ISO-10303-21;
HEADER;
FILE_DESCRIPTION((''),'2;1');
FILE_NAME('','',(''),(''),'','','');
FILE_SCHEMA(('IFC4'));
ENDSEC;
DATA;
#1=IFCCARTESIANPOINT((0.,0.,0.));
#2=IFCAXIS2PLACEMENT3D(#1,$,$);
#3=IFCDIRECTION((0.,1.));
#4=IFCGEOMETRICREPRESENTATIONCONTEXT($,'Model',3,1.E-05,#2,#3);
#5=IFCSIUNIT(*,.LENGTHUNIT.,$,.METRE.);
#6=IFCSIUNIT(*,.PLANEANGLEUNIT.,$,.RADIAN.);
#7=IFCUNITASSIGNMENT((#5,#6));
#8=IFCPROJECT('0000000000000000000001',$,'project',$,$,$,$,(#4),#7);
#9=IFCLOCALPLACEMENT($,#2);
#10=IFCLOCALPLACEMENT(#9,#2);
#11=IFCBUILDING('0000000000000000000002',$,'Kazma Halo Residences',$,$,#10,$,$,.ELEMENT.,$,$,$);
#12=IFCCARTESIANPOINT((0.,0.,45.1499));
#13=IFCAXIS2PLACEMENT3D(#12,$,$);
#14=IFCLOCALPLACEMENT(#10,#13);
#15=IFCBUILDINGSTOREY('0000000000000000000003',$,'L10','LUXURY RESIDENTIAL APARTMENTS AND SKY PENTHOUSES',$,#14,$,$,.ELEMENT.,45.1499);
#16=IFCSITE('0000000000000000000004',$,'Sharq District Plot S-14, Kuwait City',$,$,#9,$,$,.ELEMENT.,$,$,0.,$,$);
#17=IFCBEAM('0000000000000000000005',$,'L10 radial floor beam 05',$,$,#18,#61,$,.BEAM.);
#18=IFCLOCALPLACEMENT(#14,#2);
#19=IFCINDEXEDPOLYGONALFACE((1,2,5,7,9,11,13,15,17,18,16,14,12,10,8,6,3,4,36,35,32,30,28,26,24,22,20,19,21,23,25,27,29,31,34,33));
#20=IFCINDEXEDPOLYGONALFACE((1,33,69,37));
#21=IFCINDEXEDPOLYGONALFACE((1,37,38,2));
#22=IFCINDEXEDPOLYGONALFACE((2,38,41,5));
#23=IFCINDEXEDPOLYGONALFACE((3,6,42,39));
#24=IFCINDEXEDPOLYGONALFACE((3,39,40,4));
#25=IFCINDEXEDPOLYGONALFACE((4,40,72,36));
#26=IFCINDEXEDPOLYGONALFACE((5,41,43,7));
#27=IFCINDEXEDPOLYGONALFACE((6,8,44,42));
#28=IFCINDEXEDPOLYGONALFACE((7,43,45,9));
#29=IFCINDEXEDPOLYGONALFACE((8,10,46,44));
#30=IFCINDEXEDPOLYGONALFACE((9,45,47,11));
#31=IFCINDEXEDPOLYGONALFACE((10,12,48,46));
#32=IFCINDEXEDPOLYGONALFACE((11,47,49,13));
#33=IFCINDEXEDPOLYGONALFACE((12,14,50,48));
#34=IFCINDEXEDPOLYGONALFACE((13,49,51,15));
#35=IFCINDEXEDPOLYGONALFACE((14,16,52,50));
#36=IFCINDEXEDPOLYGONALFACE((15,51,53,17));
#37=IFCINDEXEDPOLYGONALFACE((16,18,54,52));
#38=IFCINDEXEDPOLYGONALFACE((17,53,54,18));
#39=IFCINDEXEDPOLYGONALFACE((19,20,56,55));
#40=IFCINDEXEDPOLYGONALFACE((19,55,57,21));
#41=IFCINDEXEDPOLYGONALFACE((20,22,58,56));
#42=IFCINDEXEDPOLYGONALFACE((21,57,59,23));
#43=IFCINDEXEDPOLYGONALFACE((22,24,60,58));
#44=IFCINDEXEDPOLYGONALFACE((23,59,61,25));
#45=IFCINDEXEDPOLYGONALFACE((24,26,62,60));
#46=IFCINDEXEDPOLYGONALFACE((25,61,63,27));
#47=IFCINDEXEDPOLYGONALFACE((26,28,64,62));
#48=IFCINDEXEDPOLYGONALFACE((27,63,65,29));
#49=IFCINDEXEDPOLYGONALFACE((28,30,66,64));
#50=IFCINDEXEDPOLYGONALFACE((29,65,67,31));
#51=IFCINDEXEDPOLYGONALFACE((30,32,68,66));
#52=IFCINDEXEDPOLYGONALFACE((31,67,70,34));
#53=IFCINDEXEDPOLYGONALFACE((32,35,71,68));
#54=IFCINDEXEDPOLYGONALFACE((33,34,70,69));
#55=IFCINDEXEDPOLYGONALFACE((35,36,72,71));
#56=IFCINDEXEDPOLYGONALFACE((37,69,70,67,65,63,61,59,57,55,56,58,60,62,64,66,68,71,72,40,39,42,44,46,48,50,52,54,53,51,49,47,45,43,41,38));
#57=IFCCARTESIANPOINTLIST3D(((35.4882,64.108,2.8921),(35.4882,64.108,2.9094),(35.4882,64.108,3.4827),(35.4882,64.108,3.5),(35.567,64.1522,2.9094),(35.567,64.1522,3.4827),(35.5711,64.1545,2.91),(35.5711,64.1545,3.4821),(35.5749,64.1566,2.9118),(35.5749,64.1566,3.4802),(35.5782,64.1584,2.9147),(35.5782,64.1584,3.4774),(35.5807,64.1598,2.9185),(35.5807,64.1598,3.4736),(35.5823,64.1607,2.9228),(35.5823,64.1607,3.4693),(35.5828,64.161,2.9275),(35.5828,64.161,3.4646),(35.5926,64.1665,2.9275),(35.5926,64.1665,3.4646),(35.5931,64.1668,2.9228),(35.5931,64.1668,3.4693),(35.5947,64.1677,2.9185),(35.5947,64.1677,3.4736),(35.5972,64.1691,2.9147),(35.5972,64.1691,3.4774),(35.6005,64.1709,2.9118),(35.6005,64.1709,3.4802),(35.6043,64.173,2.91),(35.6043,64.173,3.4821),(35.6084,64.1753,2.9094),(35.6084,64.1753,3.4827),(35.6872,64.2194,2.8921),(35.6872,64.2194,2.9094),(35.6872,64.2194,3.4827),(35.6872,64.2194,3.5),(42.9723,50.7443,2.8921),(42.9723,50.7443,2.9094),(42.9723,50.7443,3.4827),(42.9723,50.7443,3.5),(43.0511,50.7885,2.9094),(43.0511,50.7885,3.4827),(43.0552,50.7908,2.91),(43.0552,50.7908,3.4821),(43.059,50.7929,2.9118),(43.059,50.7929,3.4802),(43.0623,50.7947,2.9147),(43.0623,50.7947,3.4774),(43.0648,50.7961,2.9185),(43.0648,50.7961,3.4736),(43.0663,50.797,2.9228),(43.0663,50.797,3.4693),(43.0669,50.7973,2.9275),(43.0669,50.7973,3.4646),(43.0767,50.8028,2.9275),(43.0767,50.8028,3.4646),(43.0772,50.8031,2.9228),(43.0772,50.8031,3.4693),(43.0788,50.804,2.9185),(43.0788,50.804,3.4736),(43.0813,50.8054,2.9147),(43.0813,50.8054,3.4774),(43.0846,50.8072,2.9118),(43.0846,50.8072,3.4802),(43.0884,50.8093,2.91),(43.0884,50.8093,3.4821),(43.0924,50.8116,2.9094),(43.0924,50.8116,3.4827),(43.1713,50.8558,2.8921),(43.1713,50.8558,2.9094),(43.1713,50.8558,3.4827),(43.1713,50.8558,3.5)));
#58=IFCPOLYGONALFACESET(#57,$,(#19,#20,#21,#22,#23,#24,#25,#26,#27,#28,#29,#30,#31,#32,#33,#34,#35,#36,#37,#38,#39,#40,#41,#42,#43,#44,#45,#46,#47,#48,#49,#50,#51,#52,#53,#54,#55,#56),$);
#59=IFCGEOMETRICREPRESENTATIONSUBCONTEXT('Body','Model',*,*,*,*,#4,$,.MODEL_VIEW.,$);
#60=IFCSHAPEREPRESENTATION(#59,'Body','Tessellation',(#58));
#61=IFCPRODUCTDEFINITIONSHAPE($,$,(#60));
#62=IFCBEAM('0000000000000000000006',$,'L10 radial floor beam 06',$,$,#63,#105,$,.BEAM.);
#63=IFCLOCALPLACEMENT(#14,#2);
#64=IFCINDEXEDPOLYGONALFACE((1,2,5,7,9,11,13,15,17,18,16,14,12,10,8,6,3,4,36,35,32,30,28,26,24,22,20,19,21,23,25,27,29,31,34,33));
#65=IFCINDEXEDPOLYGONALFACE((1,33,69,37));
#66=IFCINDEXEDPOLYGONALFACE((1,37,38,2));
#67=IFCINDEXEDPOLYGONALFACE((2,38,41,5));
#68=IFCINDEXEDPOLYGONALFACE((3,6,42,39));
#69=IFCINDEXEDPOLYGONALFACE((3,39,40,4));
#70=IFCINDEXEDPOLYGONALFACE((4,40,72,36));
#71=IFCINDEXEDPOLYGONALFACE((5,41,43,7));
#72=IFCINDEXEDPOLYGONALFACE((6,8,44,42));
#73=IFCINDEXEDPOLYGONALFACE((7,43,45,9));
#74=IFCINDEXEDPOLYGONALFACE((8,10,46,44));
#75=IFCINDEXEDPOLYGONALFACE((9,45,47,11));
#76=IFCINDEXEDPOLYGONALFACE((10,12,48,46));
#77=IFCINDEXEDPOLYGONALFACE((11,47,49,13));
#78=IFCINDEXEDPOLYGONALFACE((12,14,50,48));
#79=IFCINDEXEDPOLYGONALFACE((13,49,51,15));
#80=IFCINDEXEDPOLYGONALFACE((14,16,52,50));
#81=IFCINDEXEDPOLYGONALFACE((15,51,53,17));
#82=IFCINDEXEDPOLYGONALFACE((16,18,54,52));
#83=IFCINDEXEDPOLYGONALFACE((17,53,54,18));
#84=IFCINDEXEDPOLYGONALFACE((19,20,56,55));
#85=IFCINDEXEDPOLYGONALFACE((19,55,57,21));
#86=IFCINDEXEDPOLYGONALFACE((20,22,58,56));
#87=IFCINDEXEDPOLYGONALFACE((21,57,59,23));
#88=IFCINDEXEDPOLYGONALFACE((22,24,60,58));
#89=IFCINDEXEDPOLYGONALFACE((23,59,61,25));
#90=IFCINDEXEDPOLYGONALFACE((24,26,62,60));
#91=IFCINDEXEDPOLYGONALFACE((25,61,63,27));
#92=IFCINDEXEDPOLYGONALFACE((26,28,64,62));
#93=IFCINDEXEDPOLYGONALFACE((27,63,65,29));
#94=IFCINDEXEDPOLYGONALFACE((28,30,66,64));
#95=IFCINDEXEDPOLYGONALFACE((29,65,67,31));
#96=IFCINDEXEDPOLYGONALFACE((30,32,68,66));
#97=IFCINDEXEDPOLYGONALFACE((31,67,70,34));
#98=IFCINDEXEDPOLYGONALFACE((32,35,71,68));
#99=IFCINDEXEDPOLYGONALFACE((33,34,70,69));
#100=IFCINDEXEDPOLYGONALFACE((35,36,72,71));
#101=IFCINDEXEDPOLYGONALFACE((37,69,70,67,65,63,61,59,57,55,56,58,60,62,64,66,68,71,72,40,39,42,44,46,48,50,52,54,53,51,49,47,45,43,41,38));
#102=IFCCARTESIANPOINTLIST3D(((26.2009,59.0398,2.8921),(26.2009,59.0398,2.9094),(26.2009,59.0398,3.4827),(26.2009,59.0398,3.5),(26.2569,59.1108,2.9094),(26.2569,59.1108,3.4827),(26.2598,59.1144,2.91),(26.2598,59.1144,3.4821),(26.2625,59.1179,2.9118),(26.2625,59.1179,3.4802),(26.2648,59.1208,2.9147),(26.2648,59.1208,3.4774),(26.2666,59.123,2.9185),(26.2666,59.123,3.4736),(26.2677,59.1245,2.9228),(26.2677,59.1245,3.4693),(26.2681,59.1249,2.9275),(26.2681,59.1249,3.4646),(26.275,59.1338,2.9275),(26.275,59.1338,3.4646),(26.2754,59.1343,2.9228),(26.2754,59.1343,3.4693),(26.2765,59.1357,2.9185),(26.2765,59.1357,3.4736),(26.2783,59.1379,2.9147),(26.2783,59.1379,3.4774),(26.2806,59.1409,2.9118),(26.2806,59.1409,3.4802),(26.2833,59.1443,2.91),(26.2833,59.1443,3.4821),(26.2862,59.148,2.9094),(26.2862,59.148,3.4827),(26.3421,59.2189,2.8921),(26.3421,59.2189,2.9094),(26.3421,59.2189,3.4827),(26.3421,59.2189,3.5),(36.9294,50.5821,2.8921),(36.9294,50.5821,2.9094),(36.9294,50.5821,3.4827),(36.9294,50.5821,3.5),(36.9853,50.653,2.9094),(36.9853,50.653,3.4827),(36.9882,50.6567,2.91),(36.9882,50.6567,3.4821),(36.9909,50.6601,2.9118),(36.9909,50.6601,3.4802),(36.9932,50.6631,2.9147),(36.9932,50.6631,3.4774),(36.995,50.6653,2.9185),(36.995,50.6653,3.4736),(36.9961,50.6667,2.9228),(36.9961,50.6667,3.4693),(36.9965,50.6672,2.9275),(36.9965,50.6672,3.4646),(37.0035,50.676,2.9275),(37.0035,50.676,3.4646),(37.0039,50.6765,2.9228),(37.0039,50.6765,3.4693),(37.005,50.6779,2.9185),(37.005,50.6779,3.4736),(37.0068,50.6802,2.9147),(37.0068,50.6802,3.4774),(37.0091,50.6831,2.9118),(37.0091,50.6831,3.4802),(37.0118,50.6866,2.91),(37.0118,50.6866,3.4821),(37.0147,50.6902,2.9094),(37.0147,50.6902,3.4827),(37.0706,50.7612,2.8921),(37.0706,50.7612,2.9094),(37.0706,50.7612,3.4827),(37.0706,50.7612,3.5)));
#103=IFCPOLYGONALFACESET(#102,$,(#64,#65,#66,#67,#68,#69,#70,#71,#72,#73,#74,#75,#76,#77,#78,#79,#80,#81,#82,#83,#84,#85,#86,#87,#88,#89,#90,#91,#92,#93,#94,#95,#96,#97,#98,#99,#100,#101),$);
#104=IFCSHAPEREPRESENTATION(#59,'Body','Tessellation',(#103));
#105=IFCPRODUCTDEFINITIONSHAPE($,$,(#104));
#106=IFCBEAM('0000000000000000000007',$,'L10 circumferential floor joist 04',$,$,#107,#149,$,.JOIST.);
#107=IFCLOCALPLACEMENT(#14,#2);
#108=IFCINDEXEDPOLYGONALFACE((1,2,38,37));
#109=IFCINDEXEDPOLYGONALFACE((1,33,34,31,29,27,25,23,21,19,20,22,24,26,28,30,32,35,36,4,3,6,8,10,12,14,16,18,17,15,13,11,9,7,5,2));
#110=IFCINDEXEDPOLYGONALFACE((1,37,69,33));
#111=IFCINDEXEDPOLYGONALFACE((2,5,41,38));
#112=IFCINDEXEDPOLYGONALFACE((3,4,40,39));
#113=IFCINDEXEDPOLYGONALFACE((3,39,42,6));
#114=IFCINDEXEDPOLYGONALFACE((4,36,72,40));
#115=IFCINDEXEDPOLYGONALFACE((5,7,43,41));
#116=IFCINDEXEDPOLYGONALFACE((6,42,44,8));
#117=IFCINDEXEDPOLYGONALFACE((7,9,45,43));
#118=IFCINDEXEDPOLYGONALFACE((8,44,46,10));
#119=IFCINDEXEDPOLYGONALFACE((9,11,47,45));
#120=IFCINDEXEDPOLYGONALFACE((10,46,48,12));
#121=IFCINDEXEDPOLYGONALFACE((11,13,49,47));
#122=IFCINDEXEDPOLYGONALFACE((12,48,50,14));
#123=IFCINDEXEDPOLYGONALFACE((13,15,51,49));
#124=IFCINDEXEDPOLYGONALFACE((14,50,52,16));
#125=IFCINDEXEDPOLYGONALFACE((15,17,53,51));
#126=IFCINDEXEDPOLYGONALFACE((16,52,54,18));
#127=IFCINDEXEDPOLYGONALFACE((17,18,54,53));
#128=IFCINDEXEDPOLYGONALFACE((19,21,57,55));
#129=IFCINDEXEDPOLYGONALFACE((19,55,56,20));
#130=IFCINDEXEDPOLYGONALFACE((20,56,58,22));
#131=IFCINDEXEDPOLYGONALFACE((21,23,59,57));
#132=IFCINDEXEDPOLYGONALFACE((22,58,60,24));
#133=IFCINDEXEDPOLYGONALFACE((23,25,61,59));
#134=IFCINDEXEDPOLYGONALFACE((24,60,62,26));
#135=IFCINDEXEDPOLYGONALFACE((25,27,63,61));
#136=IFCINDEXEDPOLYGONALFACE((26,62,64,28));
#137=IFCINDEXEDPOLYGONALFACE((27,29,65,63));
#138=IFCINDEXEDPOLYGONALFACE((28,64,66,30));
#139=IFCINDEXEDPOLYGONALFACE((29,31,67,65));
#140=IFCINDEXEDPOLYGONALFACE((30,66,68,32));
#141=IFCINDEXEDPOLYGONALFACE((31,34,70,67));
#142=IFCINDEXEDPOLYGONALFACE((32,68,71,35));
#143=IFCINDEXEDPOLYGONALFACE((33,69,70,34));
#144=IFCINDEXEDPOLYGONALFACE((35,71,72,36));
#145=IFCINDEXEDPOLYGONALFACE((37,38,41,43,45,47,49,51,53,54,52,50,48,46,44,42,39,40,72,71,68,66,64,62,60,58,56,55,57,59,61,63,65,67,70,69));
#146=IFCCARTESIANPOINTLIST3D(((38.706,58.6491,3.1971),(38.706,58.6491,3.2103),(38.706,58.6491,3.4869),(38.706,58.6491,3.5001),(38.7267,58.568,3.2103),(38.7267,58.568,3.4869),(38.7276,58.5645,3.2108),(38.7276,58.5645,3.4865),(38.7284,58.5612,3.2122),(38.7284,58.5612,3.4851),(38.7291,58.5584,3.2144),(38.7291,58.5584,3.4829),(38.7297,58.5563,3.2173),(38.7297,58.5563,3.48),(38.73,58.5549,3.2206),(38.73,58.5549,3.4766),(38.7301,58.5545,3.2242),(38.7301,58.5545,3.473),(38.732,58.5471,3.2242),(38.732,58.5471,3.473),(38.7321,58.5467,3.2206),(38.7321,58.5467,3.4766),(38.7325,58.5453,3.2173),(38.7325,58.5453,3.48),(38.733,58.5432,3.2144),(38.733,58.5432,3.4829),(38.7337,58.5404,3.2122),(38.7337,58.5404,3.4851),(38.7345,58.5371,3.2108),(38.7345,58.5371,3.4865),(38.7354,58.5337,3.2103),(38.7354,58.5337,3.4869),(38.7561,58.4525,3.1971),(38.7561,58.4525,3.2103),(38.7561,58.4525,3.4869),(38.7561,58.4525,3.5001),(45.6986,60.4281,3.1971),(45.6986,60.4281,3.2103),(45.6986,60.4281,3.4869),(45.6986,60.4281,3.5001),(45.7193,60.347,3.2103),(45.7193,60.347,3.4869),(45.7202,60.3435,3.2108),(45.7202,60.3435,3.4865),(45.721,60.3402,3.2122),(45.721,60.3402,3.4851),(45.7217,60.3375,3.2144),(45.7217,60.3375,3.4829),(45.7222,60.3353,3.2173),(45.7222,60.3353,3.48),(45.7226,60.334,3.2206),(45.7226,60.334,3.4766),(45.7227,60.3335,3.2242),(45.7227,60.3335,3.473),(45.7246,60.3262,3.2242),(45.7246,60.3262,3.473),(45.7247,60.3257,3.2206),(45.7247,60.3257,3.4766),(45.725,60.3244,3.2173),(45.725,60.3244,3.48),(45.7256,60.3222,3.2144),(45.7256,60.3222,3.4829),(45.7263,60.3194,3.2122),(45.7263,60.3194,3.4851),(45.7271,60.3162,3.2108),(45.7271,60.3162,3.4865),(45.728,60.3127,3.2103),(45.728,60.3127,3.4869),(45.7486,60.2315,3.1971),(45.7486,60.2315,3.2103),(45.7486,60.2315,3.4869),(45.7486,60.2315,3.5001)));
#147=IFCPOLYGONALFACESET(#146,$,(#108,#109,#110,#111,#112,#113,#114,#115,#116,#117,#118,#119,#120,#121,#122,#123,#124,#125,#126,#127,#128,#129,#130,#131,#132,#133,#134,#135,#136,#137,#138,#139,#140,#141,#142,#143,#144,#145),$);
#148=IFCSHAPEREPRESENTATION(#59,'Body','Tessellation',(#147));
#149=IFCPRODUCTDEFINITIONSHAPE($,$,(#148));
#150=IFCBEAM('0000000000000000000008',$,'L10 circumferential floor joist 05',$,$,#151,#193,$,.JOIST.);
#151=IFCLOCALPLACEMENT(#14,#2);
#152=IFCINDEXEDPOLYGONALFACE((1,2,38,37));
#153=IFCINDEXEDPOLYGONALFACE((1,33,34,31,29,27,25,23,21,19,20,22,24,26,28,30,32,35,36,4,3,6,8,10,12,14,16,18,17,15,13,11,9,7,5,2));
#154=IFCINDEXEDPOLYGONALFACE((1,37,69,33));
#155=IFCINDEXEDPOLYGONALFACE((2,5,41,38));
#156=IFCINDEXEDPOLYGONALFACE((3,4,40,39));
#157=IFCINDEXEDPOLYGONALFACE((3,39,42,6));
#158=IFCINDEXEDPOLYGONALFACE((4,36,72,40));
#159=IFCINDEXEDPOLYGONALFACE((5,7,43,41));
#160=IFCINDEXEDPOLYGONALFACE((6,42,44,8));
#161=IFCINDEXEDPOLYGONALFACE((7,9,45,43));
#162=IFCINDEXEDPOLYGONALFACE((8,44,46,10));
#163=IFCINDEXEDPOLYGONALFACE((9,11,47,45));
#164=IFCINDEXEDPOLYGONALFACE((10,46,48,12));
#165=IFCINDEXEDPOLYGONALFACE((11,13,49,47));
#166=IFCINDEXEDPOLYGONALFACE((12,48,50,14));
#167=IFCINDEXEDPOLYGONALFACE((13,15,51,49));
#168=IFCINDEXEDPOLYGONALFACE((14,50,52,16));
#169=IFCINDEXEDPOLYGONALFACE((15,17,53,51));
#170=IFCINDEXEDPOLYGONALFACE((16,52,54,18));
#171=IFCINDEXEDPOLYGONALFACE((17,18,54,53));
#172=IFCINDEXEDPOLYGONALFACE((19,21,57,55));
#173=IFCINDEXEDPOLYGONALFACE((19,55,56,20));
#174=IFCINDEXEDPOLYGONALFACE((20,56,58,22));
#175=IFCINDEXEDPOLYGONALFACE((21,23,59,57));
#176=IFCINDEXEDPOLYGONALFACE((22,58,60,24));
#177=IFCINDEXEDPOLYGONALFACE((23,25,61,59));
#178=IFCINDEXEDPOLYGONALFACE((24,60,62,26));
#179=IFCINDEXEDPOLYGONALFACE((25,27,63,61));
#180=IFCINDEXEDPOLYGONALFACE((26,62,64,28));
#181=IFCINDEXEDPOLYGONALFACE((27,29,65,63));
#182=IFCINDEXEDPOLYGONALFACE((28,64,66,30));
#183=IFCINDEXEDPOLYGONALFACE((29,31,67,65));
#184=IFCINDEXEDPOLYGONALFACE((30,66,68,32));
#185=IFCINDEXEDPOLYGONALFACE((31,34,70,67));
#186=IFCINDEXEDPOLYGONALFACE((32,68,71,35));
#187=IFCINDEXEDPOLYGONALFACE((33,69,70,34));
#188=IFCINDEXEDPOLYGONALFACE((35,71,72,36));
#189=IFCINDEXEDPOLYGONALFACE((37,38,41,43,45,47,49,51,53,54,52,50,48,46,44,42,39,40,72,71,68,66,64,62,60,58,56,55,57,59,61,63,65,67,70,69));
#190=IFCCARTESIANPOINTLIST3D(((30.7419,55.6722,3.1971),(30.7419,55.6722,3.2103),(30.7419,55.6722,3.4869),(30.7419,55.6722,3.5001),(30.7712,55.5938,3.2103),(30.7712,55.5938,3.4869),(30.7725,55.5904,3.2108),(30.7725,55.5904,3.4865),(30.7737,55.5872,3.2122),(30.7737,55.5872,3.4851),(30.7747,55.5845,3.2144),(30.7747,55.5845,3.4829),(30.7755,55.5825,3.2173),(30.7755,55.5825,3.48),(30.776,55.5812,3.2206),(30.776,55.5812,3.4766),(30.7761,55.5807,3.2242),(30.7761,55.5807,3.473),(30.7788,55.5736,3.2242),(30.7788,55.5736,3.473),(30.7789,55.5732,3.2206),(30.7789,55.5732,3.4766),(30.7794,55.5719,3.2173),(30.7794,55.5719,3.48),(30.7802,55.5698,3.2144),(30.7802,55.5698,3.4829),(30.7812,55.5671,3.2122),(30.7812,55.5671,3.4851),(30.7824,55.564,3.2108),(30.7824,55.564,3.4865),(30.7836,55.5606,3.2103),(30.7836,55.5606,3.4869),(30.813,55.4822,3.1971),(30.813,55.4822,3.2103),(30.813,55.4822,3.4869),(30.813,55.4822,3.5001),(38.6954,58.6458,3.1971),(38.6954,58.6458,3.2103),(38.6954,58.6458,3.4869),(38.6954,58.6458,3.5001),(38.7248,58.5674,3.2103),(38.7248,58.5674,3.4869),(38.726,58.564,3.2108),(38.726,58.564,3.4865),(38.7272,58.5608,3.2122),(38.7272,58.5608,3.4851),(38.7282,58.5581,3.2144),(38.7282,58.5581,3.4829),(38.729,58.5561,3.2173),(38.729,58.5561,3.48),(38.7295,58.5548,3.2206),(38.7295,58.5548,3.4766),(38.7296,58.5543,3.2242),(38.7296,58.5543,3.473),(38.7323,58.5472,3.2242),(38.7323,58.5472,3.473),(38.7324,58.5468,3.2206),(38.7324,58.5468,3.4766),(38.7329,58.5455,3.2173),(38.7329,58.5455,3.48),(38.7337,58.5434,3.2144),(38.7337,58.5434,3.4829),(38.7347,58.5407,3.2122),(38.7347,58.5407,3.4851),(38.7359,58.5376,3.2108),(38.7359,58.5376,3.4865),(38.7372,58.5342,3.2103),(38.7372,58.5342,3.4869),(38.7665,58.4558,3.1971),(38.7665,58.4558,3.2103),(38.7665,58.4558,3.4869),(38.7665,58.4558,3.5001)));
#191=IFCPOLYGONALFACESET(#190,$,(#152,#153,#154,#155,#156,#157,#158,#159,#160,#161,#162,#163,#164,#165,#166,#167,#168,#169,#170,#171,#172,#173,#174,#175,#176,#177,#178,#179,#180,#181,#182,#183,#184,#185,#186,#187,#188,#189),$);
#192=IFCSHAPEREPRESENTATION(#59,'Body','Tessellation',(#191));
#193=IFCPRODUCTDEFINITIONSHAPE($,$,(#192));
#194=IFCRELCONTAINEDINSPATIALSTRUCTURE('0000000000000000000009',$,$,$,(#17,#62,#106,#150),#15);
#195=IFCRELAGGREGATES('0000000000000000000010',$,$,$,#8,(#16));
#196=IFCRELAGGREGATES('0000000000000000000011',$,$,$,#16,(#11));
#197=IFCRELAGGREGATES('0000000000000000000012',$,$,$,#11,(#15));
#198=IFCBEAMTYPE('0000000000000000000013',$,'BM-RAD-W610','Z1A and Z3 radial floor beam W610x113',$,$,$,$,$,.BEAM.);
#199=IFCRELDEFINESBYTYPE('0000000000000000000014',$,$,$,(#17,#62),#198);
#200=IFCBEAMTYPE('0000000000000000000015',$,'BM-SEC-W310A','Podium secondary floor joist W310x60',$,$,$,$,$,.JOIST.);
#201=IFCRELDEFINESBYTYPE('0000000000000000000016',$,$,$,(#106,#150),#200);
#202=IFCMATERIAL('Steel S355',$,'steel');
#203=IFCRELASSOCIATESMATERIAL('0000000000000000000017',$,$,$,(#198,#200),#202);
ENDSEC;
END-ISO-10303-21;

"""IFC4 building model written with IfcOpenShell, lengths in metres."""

from ifc_helpers import new_model, si_unit, direction, frame, origin, origin_2d, place, context, subcontext, project, spatial, i_section, extrude, material, material_profile, profile_set, type_object, element, save


model = new_model("IFC4")

# Units and contexts
model_context = context("Model", 3, precision=1e-05, world=origin(), true_north=direction((0.0, 1.0)))
body_context = subcontext(model_context, "Body", "Model", "MODEL_VIEW")
ifc_project = project(units=[si_unit("LENGTHUNIT", "METRE"), si_unit("PLANEANGLEUNIT", "RADIAN")], contexts=[model_context])

# Site, building, storey
site_placement = place(None, origin())
site = spatial("IfcSite", under=ifc_project, at=site_placement, Name="Sharq District Plot S-14, Kuwait City", CompositionType="ELEMENT", RefElevation=0.0)
building_placement = place(site_placement, origin())
building = spatial("IfcBuilding", under=site, at=building_placement, Name="Kazma Halo Residences", CompositionType="ELEMENT")
storey_placement = place(building_placement, frame((0.0, 0.0, 45.1499)))
storey = spatial("IfcBuildingStorey", under=building, at=storey_placement, Name="L10", Description="LUXURY RESIDENTIAL APARTMENTS AND SKY PENTHOUSES", CompositionType="ELEMENT", Elevation=45.1499)

# Beams
ifc_material_1 = material(Name="Steel S355", Category="steel")
ifc_material_profile_1 = material_profile(ifc_material_1, i_section(OverallWidth=0.228, OverallDepth=0.6079, WebThickness=0.0112, FlangeThickness=0.0173, FilletRadius=0.0181, at=origin_2d()), Name="W610x113")
ifc_profile_set_1 = profile_set([ifc_material_profile_1], Name="Steel S355")
beam_type_1 = type_object("IfcBeamType", Name="BM-RAD-W610", Description="Z1A and Z3 radial floor beam W610x113", PredefinedType="BEAM", material=ifc_profile_set_1)
beam_1_placement = place(storey_placement, frame((43.0718, 50.8, 3.196), z_axis=(-0.488624, 0.872494, 0.0), x_axis=(-0.872494, -0.488624, 0.0)))
element("IfcBeam", 1, at=beam_1_placement, inside=storey, type_object=beam_type_1, Name="L10 radial floor beam 05", PredefinedType="BEAM", context=body_context, shape_type="SweptSolid", body=[
    extrude(i_section(OverallWidth=0.228, OverallDepth=0.6079, WebThickness=0.0112, FlangeThickness=0.0173, FilletRadius=0.0181, at=origin_2d()), origin(), (0.0, 0.0, 1.0), 15.3167),
])
beam_2_placement = place(storey_placement, frame((37.0, 50.6716, 3.196), z_axis=(-0.785314, 0.619098, 0.0), x_axis=(-0.619098, -0.785314, 0.0)))
element("IfcBeam", 2, at=beam_2_placement, inside=storey, type_object=beam_type_1, Name="L10 radial floor beam 06", PredefinedType="BEAM", context=body_context, shape_type="SweptSolid", body=[
    extrude(i_section(OverallWidth=0.228, OverallDepth=0.6079, WebThickness=0.0112, FlangeThickness=0.0173, FilletRadius=0.0181, at=origin_2d()), origin(), (0.0, 0.0, 1.0), 13.6614),
])
ifc_material_profile_2 = material_profile(ifc_material_1, i_section(OverallWidth=0.2029, OverallDepth=0.303, WebThickness=0.0076, FlangeThickness=0.0132, FilletRadius=0.0139, at=origin_2d()), Name="W310x60")
ifc_profile_set_2 = profile_set([ifc_material_profile_2], Name="Steel S355")
beam_type_2 = type_object("IfcBeamType", Name="BM-SEC-W310A", Description="Podium secondary floor joist W310x60", PredefinedType="JOIST", material=ifc_profile_set_2)
beam_3_placement = place(storey_placement, frame((45.7236, 60.3298, 3.3486), z_axis=(-0.969127, -0.246562, 0.0), x_axis=(0.246562, -0.969127, 0.0)))
element("IfcBeam", 3, at=beam_3_placement, inside=storey, type_object=beam_type_2, Name="L10 circumferential floor joist 04", PredefinedType="JOIST", context=body_context, shape_type="SweptSolid", body=[
    extrude(i_section(OverallWidth=0.2029, OverallDepth=0.303, WebThickness=0.0076, FlangeThickness=0.0132, FilletRadius=0.0139, at=origin_2d()), origin(), (0.0, 0.0, 1.0), 7.2153),
])
beam_4_placement = place(storey_placement, frame((38.731, 58.5508, 3.3486), z_axis=(-0.936676, -0.350197, 0.0), x_axis=(0.350197, -0.936676, 0.0)))
element("IfcBeam", 4, at=beam_4_placement, inside=storey, type_object=beam_type_2, Name="L10 circumferential floor joist 05", PredefinedType="JOIST", context=body_context, shape_type="SweptSolid", body=[
    extrude(i_section(OverallWidth=0.2029, OverallDepth=0.303, WebThickness=0.0076, FlangeThickness=0.0132, FilletRadius=0.0139, at=origin_2d()), origin(), (0.0, 0.0, 1.0), 8.4912),
])

save(model, "model.ifc")
